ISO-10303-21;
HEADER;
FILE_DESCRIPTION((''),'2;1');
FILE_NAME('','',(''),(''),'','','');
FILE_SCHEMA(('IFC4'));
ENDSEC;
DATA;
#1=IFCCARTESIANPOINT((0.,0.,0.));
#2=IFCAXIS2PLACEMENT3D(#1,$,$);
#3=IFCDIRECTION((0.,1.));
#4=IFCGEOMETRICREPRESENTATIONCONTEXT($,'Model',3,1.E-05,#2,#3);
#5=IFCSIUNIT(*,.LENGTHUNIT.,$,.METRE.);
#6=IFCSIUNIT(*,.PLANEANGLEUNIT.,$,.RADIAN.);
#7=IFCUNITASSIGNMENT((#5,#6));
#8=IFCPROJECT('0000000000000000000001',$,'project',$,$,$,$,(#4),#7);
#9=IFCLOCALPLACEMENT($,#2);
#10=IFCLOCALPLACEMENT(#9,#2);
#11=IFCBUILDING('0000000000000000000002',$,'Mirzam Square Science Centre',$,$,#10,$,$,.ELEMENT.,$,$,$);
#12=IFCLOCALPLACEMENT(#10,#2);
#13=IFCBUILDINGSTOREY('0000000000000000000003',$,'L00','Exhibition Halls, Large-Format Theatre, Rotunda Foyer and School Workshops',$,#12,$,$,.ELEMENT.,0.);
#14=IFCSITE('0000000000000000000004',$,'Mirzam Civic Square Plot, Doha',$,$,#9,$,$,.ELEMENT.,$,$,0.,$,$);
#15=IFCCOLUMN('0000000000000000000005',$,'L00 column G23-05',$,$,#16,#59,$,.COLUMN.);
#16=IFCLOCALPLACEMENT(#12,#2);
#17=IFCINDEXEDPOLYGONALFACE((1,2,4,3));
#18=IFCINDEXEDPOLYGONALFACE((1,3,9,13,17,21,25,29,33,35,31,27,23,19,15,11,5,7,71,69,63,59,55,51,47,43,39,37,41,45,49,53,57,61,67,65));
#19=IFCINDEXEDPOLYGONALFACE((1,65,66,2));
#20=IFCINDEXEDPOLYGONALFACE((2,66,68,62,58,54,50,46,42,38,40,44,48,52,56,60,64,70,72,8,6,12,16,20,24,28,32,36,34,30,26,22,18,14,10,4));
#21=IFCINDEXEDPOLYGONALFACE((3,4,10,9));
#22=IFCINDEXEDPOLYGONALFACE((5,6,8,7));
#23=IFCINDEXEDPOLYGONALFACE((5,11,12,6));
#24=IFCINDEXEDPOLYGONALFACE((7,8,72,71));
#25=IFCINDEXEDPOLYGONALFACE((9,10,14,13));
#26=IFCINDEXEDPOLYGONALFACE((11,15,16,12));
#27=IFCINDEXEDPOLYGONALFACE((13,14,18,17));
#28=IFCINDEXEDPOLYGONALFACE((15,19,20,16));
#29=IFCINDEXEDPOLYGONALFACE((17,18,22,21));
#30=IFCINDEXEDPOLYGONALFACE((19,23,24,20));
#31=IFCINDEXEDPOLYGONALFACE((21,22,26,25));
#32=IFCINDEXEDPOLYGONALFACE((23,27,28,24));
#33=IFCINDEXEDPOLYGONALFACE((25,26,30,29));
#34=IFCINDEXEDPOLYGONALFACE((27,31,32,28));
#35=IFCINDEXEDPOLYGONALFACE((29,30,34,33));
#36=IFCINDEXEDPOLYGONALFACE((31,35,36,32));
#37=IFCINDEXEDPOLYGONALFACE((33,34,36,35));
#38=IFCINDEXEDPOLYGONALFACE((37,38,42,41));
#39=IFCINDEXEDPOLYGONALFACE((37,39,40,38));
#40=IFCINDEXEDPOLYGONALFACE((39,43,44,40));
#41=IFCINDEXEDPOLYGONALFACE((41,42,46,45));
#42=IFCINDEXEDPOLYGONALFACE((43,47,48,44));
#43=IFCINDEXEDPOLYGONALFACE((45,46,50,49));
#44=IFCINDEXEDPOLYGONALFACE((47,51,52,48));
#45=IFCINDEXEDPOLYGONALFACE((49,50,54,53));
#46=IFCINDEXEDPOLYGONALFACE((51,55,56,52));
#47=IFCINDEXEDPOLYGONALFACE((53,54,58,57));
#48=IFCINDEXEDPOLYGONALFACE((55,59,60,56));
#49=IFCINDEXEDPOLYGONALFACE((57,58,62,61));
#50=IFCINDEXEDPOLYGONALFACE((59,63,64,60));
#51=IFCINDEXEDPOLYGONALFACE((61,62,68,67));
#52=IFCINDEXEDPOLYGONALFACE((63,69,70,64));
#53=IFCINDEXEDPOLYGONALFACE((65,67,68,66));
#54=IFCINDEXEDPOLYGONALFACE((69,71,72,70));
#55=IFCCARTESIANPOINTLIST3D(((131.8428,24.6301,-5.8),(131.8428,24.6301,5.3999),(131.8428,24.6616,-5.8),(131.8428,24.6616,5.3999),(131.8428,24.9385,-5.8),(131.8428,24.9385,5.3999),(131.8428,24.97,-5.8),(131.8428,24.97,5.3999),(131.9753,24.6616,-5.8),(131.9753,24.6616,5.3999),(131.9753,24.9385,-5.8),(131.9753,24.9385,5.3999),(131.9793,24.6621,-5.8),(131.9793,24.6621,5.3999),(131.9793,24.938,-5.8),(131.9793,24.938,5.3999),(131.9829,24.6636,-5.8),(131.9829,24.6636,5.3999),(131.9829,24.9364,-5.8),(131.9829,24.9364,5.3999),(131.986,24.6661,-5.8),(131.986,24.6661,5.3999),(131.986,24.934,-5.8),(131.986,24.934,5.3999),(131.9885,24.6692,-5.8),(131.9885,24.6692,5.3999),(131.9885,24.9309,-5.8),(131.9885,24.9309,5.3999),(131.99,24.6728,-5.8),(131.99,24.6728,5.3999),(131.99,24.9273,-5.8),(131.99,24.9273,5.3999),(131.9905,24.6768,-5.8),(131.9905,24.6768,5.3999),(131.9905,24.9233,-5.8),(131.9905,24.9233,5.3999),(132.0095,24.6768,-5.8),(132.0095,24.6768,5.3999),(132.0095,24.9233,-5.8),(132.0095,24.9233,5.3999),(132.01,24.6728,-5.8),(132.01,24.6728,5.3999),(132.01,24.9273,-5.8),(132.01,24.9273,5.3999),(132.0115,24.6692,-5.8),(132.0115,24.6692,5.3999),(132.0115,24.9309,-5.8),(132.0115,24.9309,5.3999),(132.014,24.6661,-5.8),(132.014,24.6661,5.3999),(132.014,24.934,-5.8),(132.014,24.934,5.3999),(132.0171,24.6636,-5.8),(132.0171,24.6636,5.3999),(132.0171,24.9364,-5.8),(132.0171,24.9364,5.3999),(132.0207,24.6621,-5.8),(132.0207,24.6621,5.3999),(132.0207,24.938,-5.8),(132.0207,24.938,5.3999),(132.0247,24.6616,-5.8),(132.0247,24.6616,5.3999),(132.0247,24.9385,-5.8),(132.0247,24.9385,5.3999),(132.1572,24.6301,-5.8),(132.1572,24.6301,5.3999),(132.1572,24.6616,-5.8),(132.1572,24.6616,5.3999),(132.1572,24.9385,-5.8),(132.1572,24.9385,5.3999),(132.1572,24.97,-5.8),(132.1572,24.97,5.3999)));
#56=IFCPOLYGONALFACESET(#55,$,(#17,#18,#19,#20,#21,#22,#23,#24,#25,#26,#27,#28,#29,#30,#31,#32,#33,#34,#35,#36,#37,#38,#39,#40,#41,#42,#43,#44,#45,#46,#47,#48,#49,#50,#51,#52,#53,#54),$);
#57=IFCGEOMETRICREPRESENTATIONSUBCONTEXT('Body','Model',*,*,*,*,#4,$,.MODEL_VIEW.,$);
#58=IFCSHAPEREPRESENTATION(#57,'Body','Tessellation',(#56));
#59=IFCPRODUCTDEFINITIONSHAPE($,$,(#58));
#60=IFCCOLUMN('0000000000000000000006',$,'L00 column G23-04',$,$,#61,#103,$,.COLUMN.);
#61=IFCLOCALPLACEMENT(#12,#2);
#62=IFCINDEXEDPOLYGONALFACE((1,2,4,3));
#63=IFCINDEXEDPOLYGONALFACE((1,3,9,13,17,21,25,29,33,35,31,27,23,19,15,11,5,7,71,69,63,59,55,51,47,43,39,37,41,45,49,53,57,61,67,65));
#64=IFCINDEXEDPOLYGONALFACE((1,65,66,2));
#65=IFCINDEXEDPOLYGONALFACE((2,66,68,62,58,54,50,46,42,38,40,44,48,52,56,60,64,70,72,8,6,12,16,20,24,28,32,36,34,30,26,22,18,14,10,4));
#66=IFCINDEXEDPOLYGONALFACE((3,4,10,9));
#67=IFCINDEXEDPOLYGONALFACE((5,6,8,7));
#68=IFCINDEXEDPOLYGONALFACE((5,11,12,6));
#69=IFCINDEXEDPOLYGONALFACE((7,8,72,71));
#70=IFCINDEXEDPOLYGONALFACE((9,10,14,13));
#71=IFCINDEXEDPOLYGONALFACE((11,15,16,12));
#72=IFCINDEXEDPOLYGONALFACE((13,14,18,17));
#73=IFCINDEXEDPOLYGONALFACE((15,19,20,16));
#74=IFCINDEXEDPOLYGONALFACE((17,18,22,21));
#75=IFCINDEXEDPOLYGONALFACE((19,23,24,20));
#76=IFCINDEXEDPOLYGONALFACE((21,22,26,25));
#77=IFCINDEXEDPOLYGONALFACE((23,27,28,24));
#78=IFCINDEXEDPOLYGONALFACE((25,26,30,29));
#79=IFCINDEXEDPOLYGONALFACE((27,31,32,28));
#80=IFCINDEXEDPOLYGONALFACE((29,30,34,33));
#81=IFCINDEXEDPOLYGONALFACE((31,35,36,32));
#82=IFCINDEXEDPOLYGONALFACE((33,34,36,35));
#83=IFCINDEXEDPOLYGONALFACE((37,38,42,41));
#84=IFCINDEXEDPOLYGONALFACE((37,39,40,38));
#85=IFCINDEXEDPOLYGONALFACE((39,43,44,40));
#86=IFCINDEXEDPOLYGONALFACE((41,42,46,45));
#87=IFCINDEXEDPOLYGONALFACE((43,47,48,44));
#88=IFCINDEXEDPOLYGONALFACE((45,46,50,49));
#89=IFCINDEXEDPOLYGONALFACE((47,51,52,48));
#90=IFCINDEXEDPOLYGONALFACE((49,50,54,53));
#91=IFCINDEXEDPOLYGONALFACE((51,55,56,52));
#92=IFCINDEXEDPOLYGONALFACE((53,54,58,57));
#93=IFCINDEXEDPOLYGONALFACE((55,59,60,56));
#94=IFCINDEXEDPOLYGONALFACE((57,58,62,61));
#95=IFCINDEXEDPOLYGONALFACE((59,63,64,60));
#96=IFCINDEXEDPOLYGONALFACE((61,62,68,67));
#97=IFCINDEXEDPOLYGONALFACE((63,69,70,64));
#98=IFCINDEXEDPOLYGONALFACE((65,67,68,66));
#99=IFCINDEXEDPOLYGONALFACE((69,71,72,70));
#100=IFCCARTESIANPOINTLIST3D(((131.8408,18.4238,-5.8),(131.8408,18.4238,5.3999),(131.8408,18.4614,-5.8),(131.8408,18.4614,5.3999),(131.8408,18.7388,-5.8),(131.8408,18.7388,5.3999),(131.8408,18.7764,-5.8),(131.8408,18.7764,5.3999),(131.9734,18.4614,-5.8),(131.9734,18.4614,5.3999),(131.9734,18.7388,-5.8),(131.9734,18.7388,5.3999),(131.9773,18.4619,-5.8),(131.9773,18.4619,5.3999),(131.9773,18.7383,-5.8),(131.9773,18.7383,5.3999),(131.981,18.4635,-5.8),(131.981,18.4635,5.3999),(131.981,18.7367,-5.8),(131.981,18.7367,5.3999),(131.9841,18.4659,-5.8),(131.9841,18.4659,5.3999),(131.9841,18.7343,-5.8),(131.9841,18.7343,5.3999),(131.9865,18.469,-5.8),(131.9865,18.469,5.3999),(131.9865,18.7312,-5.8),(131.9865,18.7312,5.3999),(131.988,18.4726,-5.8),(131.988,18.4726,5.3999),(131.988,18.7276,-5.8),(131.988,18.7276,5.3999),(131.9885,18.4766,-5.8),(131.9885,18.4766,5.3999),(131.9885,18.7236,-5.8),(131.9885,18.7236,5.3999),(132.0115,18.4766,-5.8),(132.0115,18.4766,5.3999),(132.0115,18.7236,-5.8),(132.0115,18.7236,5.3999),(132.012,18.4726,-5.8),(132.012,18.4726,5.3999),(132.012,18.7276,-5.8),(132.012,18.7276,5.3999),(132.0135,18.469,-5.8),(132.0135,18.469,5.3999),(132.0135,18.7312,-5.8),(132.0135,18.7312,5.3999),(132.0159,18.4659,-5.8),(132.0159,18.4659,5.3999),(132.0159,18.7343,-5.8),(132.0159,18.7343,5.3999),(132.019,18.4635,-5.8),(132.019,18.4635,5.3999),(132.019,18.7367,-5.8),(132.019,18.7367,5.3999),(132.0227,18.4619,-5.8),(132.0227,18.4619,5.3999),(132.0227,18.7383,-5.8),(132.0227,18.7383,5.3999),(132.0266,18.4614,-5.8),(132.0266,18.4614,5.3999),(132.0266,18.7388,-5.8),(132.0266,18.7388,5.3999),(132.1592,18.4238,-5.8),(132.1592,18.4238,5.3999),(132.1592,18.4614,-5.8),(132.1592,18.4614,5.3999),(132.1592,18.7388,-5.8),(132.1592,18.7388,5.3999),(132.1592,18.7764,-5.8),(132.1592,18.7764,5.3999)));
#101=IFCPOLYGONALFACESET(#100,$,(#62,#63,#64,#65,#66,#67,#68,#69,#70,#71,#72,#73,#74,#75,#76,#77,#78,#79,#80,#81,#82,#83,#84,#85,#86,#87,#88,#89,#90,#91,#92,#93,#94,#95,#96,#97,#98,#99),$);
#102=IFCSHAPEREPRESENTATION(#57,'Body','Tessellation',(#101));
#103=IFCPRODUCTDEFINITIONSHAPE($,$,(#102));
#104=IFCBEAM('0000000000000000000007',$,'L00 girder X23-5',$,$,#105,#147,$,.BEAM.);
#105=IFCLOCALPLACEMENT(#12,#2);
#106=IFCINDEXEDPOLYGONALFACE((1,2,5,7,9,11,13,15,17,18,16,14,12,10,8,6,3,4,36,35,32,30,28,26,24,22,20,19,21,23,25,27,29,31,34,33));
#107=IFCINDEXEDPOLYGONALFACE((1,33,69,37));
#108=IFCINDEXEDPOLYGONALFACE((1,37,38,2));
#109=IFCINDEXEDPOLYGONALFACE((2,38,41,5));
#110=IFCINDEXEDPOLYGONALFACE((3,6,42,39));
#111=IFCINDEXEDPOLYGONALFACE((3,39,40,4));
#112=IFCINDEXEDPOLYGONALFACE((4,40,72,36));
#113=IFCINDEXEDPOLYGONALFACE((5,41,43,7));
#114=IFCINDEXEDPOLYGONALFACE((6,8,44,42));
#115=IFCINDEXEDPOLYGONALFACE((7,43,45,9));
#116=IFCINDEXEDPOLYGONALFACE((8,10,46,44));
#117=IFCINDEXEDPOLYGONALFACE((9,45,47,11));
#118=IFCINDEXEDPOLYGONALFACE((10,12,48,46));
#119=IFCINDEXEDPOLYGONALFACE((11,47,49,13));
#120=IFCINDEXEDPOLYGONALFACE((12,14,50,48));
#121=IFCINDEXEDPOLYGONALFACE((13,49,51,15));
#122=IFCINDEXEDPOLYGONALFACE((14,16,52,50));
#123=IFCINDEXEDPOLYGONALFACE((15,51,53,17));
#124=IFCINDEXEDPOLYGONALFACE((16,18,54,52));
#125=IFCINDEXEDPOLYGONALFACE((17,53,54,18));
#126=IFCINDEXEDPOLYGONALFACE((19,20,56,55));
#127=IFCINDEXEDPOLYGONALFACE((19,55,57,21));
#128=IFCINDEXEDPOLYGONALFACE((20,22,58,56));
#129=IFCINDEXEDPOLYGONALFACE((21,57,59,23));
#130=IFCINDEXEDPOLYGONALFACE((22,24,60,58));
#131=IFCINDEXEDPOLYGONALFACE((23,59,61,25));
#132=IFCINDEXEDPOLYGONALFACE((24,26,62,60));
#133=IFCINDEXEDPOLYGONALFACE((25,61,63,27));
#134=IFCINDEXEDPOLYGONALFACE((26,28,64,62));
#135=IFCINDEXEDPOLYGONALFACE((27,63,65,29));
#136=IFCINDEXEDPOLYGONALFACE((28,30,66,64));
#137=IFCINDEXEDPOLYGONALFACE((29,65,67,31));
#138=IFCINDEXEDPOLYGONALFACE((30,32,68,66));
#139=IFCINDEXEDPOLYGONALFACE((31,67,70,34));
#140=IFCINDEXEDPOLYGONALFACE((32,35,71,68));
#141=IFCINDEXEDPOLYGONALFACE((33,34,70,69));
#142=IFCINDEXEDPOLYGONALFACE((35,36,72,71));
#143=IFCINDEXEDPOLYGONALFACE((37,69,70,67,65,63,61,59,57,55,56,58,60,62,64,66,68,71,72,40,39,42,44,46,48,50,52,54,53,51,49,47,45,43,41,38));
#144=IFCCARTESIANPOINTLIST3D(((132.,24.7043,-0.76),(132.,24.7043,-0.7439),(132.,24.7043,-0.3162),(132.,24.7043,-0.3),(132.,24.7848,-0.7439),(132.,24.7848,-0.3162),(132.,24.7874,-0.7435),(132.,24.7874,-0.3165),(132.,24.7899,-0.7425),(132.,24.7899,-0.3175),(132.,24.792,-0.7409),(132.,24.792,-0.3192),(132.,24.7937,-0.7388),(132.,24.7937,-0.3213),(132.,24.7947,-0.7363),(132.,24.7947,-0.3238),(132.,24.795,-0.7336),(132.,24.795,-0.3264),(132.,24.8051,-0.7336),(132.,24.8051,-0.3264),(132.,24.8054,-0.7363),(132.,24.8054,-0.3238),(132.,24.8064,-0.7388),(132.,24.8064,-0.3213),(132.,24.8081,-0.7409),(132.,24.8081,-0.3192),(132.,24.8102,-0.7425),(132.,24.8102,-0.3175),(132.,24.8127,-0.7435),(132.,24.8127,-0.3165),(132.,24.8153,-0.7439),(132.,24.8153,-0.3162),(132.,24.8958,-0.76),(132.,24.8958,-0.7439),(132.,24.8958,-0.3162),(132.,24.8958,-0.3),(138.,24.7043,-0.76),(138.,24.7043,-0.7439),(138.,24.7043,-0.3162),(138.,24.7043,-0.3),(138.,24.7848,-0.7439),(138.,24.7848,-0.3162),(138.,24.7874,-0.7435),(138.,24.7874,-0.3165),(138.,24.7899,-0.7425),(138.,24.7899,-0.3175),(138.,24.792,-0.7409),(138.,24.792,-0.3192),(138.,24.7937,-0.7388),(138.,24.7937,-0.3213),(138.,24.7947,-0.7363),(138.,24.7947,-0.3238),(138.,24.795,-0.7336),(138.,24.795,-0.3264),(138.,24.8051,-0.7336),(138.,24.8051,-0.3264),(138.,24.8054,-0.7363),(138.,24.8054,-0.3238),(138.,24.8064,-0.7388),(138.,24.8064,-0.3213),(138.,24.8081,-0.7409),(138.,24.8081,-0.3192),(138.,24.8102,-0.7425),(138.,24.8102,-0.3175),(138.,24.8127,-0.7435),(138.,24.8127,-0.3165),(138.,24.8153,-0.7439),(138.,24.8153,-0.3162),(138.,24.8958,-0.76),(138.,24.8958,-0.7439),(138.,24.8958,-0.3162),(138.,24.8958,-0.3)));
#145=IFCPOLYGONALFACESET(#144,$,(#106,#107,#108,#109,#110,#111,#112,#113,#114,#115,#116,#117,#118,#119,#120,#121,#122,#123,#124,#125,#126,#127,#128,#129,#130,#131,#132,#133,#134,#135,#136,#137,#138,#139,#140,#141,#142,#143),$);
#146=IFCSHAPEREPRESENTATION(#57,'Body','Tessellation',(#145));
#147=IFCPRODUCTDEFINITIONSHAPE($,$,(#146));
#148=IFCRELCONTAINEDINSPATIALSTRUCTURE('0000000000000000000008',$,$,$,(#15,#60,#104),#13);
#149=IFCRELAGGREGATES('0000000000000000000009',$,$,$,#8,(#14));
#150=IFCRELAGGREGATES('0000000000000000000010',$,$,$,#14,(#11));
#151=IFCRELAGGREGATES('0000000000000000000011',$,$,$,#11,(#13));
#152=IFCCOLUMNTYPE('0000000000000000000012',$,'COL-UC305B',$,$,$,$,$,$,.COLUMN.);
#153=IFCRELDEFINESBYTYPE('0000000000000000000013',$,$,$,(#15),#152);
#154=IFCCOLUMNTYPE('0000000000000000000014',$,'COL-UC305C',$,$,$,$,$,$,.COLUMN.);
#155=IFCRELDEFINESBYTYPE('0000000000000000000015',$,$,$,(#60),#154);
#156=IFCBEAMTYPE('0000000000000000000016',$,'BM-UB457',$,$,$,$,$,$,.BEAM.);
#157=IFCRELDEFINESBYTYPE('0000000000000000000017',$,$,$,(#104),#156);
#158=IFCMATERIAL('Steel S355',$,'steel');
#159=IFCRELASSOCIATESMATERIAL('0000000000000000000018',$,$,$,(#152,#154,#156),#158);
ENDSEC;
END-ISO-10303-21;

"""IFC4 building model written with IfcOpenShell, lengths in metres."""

from ifc_helpers import new_model, si_unit, direction, frame, origin, origin_2d, place, context, subcontext, project, spatial, i_section, extrude, material, material_profile, profile_set, type_object, element, save


model = new_model("IFC4")

# Units and contexts
model_context = context("Model", 3, precision=1e-05, world=origin(), true_north=direction((0.0, 1.0)))
body_context = subcontext(model_context, "Body", "Model", "MODEL_VIEW")
ifc_project = project(units=[si_unit("LENGTHUNIT", "METRE"), si_unit("PLANEANGLEUNIT", "RADIAN")], contexts=[model_context])

# Site, building, storey
site_placement = place(None, origin())
site = spatial("IfcSite", under=ifc_project, at=site_placement, Name="Mirzam Civic Square Plot, Doha", CompositionType="ELEMENT", RefElevation=0.0)
building_placement = place(site_placement, origin())
building = spatial("IfcBuilding", under=site, at=building_placement, Name="Mirzam Square Science Centre", CompositionType="ELEMENT")
storey_placement = place(building_placement, origin())
storey = spatial("IfcBuildingStorey", under=building, at=storey_placement, Name="L00", Description="Exhibition Halls, Large-Format Theatre, Rotunda Foyer and School Workshops", CompositionType="ELEMENT", Elevation=0.0)

# Columns
ifc_material_1 = material(Name="Steel S355", Category="steel")
ifc_material_profile_1 = material_profile(ifc_material_1, i_section(OverallWidth=0.3145, OverallDepth=0.3398, WebThickness=0.019, FlangeThickness=0.0315, FilletRadius=0.0151, at=origin_2d()), Name="305x305x198UC")
ifc_profile_set_1 = profile_set([ifc_material_profile_1], Name="Steel S355")
column_type_1 = type_object("IfcColumnType", Name="COL-UC305B", PredefinedType="COLUMN", material=ifc_profile_set_1)
column_1_placement = place(storey_placement, frame((132.0, 24.8, -5.8), z_axis=(0.0, 0.0, 1.0), x_axis=(1.0, 0.0, 0.0)))
element("IfcColumn", 1, at=column_1_placement, inside=storey, type_object=column_type_1, Name="L00 column G23-05", PredefinedType="COLUMN", context=body_context, shape_type="SweptSolid", body=[
    extrude(i_section(OverallWidth=0.3145, OverallDepth=0.3398, WebThickness=0.019, FlangeThickness=0.0315, FilletRadius=0.0151, at=origin_2d()), origin(), (0.0, 0.0, 1.0), 11.2),
])
ifc_material_profile_2 = material_profile(ifc_material_1, i_section(OverallWidth=0.3184, OverallDepth=0.3525, WebThickness=0.0229, FlangeThickness=0.0376, FilletRadius=0.0151, at=origin_2d()), Name="305x305x240UC")
ifc_profile_set_2 = profile_set([ifc_material_profile_2], Name="Steel S355")
column_type_2 = type_object("IfcColumnType", Name="COL-UC305C", PredefinedType="COLUMN", material=ifc_profile_set_2)
column_2_placement = place(storey_placement, frame((132.0, 18.6001, -5.8), z_axis=(0.0, 0.0, 1.0), x_axis=(1.0, 0.0, 0.0)))
element("IfcColumn", 2, at=column_2_placement, inside=storey, type_object=column_type_2, Name="L00 column G23-04", PredefinedType="COLUMN", context=body_context, shape_type="SweptSolid", body=[
    extrude(i_section(OverallWidth=0.3184, OverallDepth=0.3525, WebThickness=0.0229, FlangeThickness=0.0376, FilletRadius=0.0151, at=origin_2d()), origin(), (0.0, 0.0, 1.0), 11.2),
])

# Beam
ifc_material_profile_3 = material_profile(ifc_material_1, i_section(OverallWidth=0.1914, OverallDepth=0.46, WebThickness=0.01, FlangeThickness=0.0161, FilletRadius=0.0103, at=origin_2d()), Name="457x191x82UB")
ifc_profile_set_3 = profile_set([ifc_material_profile_3], Name="Steel S355")
beam_type_1 = type_object("IfcBeamType", Name="BM-UB457", PredefinedType="BEAM", material=ifc_profile_set_3)
beam_1_placement = place(storey_placement, frame((132.0, 24.8, -0.53), z_axis=(1.0, 0.0, 0.0), x_axis=(0.0, 1.0, 0.0)))
element("IfcBeam", 3, at=beam_1_placement, inside=storey, type_object=beam_type_1, Name="L00 girder X23-5", PredefinedType="BEAM", context=body_context, shape_type="SweptSolid", body=[
    extrude(i_section(OverallWidth=0.1914, OverallDepth=0.46, WebThickness=0.01, FlangeThickness=0.0161, FilletRadius=0.0103, at=origin_2d()), origin(), (0.0, 0.0, 1.0), 6.0),
])

save(model, "model.ifc")
